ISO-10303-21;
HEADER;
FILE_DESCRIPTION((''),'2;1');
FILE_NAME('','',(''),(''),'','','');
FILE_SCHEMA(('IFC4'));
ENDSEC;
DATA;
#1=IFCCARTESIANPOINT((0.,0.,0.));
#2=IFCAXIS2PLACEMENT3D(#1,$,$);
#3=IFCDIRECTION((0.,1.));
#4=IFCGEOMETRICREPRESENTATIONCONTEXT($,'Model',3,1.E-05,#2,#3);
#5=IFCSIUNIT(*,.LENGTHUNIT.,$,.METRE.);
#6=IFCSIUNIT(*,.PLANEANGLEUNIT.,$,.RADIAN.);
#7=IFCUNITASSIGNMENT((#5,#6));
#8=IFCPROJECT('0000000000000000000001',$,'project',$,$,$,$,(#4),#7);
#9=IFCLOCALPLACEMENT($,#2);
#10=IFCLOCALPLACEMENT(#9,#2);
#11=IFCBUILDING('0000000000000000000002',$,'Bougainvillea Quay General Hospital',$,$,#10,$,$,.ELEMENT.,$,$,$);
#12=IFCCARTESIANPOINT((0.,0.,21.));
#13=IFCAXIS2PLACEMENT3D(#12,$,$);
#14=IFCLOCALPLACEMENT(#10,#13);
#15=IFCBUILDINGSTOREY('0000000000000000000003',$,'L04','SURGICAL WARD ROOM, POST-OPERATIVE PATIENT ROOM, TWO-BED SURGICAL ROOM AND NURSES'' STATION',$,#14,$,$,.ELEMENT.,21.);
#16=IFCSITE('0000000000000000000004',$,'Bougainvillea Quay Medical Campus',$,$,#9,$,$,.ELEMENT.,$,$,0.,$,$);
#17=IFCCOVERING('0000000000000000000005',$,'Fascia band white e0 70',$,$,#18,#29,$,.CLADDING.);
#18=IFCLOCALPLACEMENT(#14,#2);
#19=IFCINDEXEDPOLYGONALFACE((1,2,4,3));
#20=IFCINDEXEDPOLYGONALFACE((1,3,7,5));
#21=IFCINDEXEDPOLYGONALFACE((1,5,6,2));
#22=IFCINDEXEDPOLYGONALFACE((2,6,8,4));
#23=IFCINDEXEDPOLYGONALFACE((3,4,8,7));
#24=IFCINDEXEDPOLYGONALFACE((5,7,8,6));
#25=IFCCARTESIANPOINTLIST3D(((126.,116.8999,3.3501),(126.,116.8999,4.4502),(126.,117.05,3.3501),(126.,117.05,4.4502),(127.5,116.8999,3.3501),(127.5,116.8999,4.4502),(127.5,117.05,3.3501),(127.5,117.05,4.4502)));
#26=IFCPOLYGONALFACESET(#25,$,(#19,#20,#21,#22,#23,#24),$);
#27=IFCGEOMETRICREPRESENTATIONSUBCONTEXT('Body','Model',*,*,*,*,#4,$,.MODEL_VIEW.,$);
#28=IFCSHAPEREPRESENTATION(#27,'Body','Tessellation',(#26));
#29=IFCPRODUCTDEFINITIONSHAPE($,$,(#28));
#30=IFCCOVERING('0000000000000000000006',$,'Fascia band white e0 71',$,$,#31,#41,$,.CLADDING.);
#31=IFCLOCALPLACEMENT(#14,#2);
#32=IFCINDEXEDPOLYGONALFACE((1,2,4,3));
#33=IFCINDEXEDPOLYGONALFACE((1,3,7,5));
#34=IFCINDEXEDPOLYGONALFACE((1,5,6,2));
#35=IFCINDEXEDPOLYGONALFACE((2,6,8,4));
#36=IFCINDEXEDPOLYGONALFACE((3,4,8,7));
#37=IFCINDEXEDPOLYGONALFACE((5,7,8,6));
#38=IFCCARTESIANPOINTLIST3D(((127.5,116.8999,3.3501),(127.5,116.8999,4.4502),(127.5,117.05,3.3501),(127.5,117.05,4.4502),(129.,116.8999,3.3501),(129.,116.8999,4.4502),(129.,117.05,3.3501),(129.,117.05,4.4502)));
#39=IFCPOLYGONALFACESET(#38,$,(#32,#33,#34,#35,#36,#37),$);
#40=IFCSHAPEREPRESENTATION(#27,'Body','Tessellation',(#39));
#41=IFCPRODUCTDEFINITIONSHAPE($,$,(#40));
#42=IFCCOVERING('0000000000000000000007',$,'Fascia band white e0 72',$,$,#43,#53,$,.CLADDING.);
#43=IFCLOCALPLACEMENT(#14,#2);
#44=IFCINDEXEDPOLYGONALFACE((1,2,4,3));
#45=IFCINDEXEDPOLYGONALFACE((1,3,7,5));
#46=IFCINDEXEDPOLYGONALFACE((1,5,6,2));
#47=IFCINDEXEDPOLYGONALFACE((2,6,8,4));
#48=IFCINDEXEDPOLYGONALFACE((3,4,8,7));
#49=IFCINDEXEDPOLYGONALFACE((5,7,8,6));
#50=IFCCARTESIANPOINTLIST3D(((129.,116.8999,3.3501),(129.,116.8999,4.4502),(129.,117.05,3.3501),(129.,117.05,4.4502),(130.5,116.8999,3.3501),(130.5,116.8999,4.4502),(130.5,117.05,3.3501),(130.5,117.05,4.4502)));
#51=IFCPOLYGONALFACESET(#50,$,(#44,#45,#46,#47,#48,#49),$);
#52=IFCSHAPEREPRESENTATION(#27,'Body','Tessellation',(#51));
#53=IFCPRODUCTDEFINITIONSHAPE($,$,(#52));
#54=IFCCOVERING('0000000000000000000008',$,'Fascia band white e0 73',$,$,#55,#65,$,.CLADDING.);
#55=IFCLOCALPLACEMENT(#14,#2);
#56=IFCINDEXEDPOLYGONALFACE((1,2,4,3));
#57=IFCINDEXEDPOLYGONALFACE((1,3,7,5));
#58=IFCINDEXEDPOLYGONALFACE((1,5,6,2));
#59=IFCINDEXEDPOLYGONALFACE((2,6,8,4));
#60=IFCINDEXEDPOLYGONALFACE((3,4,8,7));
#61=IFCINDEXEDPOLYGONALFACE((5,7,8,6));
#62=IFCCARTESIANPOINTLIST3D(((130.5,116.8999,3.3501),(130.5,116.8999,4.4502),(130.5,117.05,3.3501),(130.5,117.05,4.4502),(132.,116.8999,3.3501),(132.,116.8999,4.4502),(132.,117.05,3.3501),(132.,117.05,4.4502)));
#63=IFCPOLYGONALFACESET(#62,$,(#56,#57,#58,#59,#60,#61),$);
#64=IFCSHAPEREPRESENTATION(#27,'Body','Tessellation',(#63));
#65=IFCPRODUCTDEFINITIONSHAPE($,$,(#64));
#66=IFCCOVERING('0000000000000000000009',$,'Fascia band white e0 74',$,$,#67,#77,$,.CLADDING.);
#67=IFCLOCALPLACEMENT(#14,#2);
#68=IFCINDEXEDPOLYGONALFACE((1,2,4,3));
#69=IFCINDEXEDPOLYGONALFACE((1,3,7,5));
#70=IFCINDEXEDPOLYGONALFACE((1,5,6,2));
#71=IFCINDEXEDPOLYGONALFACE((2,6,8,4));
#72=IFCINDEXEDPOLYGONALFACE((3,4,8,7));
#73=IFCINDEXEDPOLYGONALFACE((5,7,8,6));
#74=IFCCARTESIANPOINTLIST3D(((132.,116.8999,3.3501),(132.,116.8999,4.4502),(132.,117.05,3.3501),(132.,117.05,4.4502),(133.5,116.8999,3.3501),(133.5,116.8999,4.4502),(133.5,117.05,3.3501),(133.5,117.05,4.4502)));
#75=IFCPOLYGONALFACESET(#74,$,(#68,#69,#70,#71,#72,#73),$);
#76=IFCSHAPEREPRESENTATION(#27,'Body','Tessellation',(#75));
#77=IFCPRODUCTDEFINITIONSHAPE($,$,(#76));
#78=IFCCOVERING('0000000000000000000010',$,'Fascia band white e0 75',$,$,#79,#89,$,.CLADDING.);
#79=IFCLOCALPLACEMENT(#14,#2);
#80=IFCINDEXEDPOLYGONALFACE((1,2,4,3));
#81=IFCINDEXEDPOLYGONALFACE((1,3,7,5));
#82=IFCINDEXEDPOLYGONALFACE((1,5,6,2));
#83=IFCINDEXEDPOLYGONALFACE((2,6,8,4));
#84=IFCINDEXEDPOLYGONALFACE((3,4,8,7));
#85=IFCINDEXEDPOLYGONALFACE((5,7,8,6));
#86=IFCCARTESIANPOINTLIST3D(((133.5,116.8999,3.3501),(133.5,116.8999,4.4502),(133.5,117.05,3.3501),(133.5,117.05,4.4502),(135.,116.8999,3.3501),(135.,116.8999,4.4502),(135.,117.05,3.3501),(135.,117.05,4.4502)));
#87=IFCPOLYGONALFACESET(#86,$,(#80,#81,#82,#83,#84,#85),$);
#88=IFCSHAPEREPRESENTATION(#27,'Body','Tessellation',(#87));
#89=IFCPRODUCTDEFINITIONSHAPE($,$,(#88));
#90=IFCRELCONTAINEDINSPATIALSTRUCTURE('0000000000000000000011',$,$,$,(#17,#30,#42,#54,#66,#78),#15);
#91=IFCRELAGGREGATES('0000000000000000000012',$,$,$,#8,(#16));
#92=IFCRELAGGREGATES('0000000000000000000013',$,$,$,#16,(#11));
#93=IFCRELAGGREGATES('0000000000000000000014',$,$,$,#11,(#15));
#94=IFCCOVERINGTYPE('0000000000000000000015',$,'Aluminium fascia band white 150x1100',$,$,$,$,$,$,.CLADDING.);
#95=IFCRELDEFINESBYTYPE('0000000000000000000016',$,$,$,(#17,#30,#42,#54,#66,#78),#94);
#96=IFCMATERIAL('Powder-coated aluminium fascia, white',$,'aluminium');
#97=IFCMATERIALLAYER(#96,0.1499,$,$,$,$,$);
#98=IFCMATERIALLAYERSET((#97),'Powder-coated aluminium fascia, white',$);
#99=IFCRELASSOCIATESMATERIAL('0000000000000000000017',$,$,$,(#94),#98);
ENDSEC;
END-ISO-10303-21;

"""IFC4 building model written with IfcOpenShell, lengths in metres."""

from ifc_helpers import new_model, si_unit, direction, frame, origin, place, context, subcontext, project, spatial, polyline, outline, extrude, material, layer, layer_set, type_object, element, save


model = new_model("IFC4")

# Units and contexts
model_context = context("Model", 3, precision=1e-05, world=origin(), true_north=direction((0.0, 1.0)))
body_context = subcontext(model_context, "Body", "Model", "MODEL_VIEW")
ifc_project = project(units=[si_unit("LENGTHUNIT", "METRE"), si_unit("PLANEANGLEUNIT", "RADIAN")], contexts=[model_context])

# Site, building, storey
site_placement = place(None, origin())
site = spatial("IfcSite", under=ifc_project, at=site_placement, Name="Bougainvillea Quay Medical Campus", CompositionType="ELEMENT", RefElevation=0.0)
building_placement = place(site_placement, origin())
building = spatial("IfcBuilding", under=site, at=building_placement, Name="Bougainvillea Quay General Hospital", CompositionType="ELEMENT")
storey_placement = place(building_placement, frame((0.0, 0.0, 21.0)))
storey = spatial("IfcBuildingStorey", under=building, at=storey_placement, Name="L04", Description="SURGICAL WARD ROOM, POST-OPERATIVE PATIENT ROOM, TWO-BED SURGICAL ROOM AND NURSES' STATION", CompositionType="ELEMENT", Elevation=21.0)

# Coverings
ifc_material_1 = material(Name="Powder-coated aluminium fascia, white", Category="aluminium")
ifc_layer_1 = layer(ifc_material_1, 0.1499)
ifc_layer_set_1 = layer_set([ifc_layer_1], Name="Powder-coated aluminium fascia, white")
covering_type = type_object("IfcCoveringType", Name="Aluminium fascia band white 150x1100", PredefinedType="CLADDING", material=ifc_layer_set_1)
for number, where, z_axis, x_axis, name in (
    (1, (126.0, 117.05, 3.3501), (0.0, 0.0, 1.0), (1.0, 0.0, 0.0), "Fascia band white e0 70"),
    (2, (127.5, 117.05, 3.3501), (0.0, 0.0, 1.0), (1.0, 0.0, 0.0), "Fascia band white e0 71"),
    (3, (129.0, 117.05, 3.3501), (0.0, 0.0, 1.0), (1.0, 0.0, 0.0), "Fascia band white e0 72"),
    (4, (130.5, 117.05, 3.3501), (0.0, 0.0, 1.0), (1.0, 0.0, 0.0), "Fascia band white e0 73"),
    (5, (132.0, 117.05, 3.3501), (0.0, 0.0, 1.0), (1.0, 0.0, 0.0), "Fascia band white e0 74"),
    (6, (133.5, 117.05, 3.3501), (0.0, 0.0, 1.0), (1.0, 0.0, 0.0), "Fascia band white e0 75"),
):
    element("IfcCovering", number, at=place(storey_placement, frame(where, z_axis=z_axis, x_axis=x_axis)), inside=storey, type_object=covering_type, Name=name, PredefinedType="CLADDING", context=body_context, shape_type="SweptSolid", body=[
        extrude(outline(polyline([(0.0, 0.0), (1.5, 0.0), (1.5, -0.1501), (0.0, -0.1501), (0.0, 0.0)])), origin(), (0.0, 0.0, 1.0), 1.1001),
    ])

save(model, "model.ifc")
